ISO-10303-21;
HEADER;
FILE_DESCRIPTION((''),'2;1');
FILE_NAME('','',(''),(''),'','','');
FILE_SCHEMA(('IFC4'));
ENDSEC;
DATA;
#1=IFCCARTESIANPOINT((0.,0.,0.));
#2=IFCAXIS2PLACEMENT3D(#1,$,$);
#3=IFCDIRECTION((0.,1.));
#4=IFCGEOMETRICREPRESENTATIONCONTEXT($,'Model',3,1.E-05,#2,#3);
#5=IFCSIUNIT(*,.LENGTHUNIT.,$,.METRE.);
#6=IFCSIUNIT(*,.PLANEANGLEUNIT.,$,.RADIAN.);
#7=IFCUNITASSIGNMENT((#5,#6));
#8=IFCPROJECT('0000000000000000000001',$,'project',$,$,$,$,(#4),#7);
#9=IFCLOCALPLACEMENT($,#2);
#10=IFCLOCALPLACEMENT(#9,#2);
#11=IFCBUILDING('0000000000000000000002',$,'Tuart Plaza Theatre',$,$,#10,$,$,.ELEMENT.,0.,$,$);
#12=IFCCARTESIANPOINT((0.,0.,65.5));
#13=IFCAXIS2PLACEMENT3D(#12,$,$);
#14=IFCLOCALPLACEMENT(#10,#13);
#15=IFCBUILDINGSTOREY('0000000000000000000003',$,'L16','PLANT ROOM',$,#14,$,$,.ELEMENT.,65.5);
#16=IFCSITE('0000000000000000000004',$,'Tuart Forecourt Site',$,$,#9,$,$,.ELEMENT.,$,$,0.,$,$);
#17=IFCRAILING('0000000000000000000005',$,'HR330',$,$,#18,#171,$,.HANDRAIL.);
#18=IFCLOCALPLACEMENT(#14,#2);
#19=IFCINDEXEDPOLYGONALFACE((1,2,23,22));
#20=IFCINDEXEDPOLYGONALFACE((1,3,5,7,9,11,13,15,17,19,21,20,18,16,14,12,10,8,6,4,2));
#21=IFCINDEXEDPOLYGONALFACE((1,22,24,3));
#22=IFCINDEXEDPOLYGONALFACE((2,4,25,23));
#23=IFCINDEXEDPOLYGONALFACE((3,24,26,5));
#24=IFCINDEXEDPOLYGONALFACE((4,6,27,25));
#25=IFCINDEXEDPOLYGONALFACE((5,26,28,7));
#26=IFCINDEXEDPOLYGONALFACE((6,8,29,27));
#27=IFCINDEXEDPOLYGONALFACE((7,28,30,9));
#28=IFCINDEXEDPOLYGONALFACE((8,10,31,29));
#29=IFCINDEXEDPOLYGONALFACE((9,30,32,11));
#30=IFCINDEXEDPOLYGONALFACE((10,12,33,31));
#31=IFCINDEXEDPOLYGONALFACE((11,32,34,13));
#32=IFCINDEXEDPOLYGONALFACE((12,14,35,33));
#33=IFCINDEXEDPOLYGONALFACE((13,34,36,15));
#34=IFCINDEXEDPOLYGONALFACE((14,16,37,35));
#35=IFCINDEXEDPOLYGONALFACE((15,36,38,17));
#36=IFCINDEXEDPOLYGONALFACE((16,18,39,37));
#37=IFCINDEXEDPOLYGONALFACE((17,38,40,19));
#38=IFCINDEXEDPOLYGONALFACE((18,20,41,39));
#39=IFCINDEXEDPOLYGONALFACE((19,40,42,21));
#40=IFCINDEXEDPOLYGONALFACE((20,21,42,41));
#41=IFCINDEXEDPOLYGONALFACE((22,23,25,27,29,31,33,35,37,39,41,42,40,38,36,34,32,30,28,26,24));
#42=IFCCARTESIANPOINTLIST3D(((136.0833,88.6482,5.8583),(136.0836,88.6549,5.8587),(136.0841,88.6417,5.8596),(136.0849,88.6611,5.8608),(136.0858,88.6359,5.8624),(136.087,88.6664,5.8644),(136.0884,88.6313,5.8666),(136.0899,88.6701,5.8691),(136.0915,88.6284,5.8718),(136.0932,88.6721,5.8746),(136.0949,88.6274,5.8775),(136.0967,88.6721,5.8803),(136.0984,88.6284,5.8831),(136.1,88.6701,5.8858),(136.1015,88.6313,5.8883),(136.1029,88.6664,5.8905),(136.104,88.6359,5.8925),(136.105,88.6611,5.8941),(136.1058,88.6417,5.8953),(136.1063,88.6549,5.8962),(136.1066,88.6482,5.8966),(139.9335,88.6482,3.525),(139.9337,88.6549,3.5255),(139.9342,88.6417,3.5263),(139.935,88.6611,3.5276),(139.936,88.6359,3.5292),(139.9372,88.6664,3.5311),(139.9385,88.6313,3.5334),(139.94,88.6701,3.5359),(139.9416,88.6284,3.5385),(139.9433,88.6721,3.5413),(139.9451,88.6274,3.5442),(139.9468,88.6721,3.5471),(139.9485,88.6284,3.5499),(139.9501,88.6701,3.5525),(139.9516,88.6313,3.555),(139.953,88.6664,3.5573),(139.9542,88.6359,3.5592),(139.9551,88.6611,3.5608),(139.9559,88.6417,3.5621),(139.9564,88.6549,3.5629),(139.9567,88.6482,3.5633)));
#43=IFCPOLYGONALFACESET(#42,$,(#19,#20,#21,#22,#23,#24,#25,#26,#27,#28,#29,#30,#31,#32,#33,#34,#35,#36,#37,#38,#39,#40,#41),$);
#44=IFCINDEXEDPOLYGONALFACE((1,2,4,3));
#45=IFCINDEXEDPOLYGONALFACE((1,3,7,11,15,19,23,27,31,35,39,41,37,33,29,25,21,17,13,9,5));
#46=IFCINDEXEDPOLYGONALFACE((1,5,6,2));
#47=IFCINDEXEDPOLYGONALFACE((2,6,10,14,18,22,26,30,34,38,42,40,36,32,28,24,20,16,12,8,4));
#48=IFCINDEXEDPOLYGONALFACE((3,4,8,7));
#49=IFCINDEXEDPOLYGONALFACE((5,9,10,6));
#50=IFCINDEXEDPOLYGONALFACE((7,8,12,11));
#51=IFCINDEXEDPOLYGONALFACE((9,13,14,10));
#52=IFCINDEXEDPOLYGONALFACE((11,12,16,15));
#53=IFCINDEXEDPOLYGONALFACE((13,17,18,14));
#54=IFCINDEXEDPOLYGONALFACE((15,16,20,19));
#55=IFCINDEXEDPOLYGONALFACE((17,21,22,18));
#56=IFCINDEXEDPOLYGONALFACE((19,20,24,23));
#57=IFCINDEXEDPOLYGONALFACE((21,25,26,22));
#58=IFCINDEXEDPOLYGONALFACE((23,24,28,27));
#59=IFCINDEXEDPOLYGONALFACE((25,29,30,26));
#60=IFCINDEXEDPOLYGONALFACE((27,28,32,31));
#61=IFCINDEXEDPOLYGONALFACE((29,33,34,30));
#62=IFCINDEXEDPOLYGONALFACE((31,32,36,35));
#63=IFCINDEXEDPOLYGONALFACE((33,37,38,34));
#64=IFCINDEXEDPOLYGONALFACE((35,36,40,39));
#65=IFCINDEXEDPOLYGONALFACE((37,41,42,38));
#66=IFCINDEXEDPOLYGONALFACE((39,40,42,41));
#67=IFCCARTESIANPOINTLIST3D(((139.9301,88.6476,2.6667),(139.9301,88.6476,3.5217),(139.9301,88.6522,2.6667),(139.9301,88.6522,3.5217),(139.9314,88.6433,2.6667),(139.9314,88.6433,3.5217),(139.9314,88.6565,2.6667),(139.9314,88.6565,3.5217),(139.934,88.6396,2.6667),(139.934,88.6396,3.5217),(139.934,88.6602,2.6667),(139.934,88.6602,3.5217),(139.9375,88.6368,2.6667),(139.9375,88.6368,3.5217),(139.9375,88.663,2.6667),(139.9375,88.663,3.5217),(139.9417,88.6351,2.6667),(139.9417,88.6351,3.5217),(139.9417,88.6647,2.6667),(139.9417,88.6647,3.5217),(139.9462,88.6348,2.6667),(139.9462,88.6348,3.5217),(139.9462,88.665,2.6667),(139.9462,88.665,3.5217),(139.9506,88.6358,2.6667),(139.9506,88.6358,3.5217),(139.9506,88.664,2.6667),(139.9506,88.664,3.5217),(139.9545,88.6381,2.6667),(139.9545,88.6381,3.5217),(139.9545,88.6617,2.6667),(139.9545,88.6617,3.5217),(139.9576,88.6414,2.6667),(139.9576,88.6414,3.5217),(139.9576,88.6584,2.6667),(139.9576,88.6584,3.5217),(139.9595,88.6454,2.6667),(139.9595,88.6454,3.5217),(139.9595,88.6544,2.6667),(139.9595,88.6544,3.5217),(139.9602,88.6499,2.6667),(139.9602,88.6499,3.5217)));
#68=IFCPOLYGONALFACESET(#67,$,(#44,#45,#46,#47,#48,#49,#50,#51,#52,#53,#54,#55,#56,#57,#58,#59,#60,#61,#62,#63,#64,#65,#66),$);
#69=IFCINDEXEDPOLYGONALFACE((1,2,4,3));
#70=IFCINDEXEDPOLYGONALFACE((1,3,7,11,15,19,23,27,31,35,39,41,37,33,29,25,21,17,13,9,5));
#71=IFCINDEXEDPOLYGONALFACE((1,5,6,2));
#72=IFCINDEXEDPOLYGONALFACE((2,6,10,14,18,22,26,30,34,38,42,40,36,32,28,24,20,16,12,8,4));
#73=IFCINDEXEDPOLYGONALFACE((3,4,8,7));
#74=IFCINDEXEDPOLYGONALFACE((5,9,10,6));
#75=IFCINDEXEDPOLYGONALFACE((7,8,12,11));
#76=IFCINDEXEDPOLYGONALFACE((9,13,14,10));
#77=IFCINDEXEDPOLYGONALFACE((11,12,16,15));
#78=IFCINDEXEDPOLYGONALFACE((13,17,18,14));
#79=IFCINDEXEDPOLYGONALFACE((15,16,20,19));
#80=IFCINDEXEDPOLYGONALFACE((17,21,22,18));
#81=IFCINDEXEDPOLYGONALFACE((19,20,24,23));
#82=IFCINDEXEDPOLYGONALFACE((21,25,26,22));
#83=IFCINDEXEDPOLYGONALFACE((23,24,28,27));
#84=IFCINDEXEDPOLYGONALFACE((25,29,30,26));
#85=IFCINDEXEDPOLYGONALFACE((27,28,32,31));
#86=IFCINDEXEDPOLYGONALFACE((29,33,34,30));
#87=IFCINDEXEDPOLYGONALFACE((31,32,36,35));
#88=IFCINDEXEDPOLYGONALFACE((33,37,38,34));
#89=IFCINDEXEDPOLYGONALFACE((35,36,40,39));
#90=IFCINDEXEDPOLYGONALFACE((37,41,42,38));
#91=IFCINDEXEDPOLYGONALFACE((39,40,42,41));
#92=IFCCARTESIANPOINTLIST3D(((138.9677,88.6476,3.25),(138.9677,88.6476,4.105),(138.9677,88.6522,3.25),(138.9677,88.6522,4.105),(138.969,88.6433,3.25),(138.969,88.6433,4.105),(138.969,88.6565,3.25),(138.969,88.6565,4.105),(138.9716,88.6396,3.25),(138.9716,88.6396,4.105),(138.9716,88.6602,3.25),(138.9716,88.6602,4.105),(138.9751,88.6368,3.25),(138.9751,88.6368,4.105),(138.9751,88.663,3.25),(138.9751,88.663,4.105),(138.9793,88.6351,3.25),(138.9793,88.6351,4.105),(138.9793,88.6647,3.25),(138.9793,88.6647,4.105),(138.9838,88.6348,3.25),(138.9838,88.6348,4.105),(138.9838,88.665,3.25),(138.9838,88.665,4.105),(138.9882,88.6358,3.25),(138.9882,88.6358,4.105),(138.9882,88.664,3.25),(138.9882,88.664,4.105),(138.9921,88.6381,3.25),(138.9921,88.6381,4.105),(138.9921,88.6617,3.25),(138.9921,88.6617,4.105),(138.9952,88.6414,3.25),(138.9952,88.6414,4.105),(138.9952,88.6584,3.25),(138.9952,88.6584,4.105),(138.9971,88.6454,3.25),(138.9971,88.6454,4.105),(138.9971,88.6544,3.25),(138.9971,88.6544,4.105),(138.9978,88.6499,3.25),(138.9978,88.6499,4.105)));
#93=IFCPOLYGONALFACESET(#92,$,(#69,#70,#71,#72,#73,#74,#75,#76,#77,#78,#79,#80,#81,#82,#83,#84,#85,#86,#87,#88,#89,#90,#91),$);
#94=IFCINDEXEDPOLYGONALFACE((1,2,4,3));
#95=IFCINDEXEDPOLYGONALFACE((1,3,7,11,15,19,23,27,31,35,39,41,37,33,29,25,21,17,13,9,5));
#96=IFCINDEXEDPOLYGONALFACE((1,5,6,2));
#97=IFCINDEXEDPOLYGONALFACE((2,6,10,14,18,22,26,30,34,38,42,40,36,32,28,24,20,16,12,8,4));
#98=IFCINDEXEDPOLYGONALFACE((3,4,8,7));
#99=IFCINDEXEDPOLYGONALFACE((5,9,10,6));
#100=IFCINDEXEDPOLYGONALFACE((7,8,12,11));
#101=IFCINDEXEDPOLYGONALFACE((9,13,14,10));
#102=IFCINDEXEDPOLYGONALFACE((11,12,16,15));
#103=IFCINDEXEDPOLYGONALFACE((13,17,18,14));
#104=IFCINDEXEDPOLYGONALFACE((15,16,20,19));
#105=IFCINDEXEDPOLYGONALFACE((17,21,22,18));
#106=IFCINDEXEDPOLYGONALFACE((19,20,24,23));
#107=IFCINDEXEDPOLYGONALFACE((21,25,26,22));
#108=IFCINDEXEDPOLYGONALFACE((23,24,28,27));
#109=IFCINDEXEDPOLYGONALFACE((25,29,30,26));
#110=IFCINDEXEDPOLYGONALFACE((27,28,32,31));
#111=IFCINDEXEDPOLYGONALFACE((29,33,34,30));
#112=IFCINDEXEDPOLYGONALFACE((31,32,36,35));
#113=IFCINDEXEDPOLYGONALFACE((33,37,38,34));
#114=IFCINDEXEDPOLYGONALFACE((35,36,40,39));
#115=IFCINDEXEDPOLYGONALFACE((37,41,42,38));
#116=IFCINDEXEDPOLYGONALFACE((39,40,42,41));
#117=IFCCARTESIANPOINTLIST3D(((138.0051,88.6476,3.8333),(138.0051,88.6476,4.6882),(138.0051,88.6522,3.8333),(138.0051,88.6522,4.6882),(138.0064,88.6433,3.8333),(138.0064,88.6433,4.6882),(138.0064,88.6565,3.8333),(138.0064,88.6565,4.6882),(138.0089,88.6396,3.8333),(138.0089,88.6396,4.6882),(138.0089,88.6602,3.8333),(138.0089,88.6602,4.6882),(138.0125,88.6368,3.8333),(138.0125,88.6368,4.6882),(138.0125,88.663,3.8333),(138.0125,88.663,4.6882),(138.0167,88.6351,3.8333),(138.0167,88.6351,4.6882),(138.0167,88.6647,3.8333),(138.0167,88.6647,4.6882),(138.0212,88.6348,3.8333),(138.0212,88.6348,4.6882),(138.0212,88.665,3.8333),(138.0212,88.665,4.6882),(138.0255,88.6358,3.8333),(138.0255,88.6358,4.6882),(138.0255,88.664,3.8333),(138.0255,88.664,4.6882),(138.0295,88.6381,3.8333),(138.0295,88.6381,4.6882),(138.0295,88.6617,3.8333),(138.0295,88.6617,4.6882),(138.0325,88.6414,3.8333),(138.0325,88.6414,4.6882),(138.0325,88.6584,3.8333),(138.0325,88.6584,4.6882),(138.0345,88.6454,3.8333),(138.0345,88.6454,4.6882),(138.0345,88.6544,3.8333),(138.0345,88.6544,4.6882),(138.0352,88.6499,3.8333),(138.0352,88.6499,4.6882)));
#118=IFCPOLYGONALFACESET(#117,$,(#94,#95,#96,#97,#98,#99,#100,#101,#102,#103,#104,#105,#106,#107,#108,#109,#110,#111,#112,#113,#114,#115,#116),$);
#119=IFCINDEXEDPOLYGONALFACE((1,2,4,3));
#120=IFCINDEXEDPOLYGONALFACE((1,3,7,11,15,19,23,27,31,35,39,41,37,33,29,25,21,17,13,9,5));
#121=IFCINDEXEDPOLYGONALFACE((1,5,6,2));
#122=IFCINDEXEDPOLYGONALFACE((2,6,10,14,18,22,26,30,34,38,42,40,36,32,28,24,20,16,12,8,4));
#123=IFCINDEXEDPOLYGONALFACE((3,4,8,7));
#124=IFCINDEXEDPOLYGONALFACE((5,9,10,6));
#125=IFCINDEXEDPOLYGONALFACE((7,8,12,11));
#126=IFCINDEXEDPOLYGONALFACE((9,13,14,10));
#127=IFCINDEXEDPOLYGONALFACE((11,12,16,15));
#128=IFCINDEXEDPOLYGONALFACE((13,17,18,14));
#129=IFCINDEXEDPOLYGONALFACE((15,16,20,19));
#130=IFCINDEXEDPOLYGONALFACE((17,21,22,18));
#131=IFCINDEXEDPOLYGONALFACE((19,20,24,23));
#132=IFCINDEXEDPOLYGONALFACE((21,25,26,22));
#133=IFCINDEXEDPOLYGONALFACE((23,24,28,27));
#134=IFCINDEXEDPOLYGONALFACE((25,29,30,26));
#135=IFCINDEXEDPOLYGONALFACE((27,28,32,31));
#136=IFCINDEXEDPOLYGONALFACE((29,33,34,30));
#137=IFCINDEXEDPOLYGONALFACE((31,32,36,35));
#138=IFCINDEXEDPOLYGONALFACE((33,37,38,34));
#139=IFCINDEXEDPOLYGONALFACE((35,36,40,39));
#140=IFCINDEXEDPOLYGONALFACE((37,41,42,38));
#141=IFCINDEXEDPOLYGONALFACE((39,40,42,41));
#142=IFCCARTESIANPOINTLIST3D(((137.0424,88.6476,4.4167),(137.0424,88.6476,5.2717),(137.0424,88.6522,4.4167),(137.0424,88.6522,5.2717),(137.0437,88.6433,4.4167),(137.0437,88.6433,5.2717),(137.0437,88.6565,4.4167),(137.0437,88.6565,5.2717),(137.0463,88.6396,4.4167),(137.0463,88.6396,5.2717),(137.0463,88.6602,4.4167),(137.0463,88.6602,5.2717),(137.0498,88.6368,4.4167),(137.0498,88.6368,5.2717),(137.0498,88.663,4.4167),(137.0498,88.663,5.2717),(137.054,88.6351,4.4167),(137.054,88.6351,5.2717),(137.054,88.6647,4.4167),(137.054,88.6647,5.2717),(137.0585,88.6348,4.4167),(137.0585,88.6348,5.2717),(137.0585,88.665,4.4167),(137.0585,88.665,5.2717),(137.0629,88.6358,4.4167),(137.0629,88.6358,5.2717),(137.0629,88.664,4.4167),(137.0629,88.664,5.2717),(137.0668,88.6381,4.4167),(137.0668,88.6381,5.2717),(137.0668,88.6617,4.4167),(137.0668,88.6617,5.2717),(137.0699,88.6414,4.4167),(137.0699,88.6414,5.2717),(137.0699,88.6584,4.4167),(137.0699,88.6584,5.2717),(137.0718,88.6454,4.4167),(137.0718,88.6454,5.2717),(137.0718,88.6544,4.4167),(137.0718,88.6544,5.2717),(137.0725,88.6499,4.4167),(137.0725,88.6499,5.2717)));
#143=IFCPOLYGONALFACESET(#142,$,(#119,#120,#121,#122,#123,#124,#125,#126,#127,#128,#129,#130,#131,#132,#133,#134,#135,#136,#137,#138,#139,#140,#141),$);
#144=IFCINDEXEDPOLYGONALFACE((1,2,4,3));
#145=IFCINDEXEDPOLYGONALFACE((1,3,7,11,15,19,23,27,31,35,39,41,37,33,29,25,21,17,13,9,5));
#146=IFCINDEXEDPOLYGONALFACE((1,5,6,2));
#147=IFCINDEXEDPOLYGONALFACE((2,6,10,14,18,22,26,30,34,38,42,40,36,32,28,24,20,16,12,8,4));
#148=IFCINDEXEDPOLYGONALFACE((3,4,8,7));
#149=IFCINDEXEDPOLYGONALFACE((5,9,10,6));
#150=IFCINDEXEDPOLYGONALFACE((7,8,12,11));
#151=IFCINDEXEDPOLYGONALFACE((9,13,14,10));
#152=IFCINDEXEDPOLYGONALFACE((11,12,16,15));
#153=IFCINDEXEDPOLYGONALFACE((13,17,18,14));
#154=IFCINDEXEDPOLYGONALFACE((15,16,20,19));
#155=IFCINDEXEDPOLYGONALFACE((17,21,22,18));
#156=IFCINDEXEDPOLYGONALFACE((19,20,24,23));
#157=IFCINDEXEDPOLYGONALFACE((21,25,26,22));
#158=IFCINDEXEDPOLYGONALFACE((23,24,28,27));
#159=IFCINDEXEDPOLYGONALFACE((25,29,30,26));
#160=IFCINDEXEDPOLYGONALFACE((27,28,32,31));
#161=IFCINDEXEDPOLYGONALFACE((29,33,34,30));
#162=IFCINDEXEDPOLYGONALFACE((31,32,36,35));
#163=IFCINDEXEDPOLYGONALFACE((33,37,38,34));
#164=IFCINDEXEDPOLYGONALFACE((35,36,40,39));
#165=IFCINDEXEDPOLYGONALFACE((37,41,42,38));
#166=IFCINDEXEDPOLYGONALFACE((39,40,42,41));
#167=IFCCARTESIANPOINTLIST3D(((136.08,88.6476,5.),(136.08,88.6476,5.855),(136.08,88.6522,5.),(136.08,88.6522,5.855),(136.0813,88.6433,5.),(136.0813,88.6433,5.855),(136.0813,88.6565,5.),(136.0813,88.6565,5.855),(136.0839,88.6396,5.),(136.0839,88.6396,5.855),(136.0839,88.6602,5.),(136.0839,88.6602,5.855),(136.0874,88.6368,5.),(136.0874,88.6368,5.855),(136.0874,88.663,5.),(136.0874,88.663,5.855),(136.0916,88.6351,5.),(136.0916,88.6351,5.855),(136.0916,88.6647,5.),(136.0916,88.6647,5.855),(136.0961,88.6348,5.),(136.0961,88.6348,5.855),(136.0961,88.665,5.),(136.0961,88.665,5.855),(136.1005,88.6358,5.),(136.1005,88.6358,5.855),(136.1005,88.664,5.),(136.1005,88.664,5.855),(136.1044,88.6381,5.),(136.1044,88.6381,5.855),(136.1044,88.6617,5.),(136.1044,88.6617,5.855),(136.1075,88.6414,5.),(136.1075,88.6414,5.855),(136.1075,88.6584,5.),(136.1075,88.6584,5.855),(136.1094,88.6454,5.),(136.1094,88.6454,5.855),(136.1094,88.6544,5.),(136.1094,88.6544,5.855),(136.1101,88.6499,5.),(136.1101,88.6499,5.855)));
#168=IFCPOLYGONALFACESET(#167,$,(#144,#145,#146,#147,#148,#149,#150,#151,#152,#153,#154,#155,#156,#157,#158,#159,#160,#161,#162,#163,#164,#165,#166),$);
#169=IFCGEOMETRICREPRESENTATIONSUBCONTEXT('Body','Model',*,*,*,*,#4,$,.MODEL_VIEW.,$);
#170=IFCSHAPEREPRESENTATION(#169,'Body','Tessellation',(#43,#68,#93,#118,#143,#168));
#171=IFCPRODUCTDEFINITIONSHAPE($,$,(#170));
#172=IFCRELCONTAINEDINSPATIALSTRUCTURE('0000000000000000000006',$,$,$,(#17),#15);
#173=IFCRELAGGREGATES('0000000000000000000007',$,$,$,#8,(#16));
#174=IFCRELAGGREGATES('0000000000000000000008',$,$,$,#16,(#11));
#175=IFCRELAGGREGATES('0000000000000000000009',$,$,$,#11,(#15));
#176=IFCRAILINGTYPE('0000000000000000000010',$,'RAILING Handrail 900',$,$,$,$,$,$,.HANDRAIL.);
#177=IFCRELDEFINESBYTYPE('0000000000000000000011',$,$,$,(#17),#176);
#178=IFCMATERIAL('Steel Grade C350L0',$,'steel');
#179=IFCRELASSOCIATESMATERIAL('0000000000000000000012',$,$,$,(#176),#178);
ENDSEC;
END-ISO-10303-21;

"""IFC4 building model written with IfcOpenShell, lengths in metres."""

from ifc_helpers import new_model, si_unit, direction, frame, origin, origin_2d, place, context, subcontext, project, spatial, circle, extrude, material, type_object, element, save


model = new_model("IFC4")

# Units and contexts
model_context = context("Model", 3, precision=1e-05, world=origin(), true_north=direction((0.0, 1.0)))
body_context = subcontext(model_context, "Body", "Model", "MODEL_VIEW")
ifc_project = project(units=[si_unit("LENGTHUNIT", "METRE"), si_unit("PLANEANGLEUNIT", "RADIAN")], contexts=[model_context])

# Site, building, storey
site_placement = place(None, origin())
site = spatial("IfcSite", under=ifc_project, at=site_placement, Name="Tuart Forecourt Site", CompositionType="ELEMENT", RefElevation=0.0)
building_placement = place(site_placement, origin())
building = spatial("IfcBuilding", under=site, at=building_placement, Name="Tuart Plaza Theatre", CompositionType="ELEMENT", ElevationOfRefHeight=0.0)
storey_placement = place(building_placement, frame((0.0, 0.0, 65.5)))
storey = spatial("IfcBuildingStorey", under=building, at=storey_placement, Name="L16", Description="PLANT ROOM", CompositionType="ELEMENT", Elevation=65.5)

# Railing
ifc_material_1 = material(Name="Steel Grade C350L0", Category="steel")
railing_type_1 = type_object("IfcRailingType", Name="RAILING Handrail 900", PredefinedType="HANDRAIL", material=ifc_material_1)
for number, where, name in (
    (1, (139.9451, 88.6499, 2.6667), "HR330"),
):
    element("IfcRailing", number, at=place(storey_placement, frame(where)), inside=storey, type_object=railing_type_1, Name=name, PredefinedType="HANDRAIL", context=body_context, shape_type="SweptSolid", body=[
        extrude(circle(Radius=0.0225, at=origin_2d()), frame((0.0, 0.0, 0.8774), z_axis=(-0.855212, 0.0, 0.518279), x_axis=(0.0, -1.0, 0.0)), (0.0, 0.0, 1.0), 4.502),
        extrude(circle(Radius=0.0151, at=origin_2d()), origin(), (0.0, 0.0, 1.0), 0.855),
        extrude(circle(Radius=0.0151, at=origin_2d()), frame((-0.9624, 0.0, 0.5833)), (0.0, 0.0, 1.0), 0.855),
        extrude(circle(Radius=0.0151, at=origin_2d()), frame((-1.925, 0.0, 1.1665)), (0.0, 0.0, 1.0), 0.855),
        extrude(circle(Radius=0.0151, at=origin_2d()), frame((-2.8877, 0.0, 1.75)), (0.0, 0.0, 1.0), 0.855),
        extrude(circle(Radius=0.0151, at=origin_2d()), frame((-3.8501, 0.0, 2.3333)), (0.0, 0.0, 1.0), 0.855),
    ])

save(model, "model.ifc")
